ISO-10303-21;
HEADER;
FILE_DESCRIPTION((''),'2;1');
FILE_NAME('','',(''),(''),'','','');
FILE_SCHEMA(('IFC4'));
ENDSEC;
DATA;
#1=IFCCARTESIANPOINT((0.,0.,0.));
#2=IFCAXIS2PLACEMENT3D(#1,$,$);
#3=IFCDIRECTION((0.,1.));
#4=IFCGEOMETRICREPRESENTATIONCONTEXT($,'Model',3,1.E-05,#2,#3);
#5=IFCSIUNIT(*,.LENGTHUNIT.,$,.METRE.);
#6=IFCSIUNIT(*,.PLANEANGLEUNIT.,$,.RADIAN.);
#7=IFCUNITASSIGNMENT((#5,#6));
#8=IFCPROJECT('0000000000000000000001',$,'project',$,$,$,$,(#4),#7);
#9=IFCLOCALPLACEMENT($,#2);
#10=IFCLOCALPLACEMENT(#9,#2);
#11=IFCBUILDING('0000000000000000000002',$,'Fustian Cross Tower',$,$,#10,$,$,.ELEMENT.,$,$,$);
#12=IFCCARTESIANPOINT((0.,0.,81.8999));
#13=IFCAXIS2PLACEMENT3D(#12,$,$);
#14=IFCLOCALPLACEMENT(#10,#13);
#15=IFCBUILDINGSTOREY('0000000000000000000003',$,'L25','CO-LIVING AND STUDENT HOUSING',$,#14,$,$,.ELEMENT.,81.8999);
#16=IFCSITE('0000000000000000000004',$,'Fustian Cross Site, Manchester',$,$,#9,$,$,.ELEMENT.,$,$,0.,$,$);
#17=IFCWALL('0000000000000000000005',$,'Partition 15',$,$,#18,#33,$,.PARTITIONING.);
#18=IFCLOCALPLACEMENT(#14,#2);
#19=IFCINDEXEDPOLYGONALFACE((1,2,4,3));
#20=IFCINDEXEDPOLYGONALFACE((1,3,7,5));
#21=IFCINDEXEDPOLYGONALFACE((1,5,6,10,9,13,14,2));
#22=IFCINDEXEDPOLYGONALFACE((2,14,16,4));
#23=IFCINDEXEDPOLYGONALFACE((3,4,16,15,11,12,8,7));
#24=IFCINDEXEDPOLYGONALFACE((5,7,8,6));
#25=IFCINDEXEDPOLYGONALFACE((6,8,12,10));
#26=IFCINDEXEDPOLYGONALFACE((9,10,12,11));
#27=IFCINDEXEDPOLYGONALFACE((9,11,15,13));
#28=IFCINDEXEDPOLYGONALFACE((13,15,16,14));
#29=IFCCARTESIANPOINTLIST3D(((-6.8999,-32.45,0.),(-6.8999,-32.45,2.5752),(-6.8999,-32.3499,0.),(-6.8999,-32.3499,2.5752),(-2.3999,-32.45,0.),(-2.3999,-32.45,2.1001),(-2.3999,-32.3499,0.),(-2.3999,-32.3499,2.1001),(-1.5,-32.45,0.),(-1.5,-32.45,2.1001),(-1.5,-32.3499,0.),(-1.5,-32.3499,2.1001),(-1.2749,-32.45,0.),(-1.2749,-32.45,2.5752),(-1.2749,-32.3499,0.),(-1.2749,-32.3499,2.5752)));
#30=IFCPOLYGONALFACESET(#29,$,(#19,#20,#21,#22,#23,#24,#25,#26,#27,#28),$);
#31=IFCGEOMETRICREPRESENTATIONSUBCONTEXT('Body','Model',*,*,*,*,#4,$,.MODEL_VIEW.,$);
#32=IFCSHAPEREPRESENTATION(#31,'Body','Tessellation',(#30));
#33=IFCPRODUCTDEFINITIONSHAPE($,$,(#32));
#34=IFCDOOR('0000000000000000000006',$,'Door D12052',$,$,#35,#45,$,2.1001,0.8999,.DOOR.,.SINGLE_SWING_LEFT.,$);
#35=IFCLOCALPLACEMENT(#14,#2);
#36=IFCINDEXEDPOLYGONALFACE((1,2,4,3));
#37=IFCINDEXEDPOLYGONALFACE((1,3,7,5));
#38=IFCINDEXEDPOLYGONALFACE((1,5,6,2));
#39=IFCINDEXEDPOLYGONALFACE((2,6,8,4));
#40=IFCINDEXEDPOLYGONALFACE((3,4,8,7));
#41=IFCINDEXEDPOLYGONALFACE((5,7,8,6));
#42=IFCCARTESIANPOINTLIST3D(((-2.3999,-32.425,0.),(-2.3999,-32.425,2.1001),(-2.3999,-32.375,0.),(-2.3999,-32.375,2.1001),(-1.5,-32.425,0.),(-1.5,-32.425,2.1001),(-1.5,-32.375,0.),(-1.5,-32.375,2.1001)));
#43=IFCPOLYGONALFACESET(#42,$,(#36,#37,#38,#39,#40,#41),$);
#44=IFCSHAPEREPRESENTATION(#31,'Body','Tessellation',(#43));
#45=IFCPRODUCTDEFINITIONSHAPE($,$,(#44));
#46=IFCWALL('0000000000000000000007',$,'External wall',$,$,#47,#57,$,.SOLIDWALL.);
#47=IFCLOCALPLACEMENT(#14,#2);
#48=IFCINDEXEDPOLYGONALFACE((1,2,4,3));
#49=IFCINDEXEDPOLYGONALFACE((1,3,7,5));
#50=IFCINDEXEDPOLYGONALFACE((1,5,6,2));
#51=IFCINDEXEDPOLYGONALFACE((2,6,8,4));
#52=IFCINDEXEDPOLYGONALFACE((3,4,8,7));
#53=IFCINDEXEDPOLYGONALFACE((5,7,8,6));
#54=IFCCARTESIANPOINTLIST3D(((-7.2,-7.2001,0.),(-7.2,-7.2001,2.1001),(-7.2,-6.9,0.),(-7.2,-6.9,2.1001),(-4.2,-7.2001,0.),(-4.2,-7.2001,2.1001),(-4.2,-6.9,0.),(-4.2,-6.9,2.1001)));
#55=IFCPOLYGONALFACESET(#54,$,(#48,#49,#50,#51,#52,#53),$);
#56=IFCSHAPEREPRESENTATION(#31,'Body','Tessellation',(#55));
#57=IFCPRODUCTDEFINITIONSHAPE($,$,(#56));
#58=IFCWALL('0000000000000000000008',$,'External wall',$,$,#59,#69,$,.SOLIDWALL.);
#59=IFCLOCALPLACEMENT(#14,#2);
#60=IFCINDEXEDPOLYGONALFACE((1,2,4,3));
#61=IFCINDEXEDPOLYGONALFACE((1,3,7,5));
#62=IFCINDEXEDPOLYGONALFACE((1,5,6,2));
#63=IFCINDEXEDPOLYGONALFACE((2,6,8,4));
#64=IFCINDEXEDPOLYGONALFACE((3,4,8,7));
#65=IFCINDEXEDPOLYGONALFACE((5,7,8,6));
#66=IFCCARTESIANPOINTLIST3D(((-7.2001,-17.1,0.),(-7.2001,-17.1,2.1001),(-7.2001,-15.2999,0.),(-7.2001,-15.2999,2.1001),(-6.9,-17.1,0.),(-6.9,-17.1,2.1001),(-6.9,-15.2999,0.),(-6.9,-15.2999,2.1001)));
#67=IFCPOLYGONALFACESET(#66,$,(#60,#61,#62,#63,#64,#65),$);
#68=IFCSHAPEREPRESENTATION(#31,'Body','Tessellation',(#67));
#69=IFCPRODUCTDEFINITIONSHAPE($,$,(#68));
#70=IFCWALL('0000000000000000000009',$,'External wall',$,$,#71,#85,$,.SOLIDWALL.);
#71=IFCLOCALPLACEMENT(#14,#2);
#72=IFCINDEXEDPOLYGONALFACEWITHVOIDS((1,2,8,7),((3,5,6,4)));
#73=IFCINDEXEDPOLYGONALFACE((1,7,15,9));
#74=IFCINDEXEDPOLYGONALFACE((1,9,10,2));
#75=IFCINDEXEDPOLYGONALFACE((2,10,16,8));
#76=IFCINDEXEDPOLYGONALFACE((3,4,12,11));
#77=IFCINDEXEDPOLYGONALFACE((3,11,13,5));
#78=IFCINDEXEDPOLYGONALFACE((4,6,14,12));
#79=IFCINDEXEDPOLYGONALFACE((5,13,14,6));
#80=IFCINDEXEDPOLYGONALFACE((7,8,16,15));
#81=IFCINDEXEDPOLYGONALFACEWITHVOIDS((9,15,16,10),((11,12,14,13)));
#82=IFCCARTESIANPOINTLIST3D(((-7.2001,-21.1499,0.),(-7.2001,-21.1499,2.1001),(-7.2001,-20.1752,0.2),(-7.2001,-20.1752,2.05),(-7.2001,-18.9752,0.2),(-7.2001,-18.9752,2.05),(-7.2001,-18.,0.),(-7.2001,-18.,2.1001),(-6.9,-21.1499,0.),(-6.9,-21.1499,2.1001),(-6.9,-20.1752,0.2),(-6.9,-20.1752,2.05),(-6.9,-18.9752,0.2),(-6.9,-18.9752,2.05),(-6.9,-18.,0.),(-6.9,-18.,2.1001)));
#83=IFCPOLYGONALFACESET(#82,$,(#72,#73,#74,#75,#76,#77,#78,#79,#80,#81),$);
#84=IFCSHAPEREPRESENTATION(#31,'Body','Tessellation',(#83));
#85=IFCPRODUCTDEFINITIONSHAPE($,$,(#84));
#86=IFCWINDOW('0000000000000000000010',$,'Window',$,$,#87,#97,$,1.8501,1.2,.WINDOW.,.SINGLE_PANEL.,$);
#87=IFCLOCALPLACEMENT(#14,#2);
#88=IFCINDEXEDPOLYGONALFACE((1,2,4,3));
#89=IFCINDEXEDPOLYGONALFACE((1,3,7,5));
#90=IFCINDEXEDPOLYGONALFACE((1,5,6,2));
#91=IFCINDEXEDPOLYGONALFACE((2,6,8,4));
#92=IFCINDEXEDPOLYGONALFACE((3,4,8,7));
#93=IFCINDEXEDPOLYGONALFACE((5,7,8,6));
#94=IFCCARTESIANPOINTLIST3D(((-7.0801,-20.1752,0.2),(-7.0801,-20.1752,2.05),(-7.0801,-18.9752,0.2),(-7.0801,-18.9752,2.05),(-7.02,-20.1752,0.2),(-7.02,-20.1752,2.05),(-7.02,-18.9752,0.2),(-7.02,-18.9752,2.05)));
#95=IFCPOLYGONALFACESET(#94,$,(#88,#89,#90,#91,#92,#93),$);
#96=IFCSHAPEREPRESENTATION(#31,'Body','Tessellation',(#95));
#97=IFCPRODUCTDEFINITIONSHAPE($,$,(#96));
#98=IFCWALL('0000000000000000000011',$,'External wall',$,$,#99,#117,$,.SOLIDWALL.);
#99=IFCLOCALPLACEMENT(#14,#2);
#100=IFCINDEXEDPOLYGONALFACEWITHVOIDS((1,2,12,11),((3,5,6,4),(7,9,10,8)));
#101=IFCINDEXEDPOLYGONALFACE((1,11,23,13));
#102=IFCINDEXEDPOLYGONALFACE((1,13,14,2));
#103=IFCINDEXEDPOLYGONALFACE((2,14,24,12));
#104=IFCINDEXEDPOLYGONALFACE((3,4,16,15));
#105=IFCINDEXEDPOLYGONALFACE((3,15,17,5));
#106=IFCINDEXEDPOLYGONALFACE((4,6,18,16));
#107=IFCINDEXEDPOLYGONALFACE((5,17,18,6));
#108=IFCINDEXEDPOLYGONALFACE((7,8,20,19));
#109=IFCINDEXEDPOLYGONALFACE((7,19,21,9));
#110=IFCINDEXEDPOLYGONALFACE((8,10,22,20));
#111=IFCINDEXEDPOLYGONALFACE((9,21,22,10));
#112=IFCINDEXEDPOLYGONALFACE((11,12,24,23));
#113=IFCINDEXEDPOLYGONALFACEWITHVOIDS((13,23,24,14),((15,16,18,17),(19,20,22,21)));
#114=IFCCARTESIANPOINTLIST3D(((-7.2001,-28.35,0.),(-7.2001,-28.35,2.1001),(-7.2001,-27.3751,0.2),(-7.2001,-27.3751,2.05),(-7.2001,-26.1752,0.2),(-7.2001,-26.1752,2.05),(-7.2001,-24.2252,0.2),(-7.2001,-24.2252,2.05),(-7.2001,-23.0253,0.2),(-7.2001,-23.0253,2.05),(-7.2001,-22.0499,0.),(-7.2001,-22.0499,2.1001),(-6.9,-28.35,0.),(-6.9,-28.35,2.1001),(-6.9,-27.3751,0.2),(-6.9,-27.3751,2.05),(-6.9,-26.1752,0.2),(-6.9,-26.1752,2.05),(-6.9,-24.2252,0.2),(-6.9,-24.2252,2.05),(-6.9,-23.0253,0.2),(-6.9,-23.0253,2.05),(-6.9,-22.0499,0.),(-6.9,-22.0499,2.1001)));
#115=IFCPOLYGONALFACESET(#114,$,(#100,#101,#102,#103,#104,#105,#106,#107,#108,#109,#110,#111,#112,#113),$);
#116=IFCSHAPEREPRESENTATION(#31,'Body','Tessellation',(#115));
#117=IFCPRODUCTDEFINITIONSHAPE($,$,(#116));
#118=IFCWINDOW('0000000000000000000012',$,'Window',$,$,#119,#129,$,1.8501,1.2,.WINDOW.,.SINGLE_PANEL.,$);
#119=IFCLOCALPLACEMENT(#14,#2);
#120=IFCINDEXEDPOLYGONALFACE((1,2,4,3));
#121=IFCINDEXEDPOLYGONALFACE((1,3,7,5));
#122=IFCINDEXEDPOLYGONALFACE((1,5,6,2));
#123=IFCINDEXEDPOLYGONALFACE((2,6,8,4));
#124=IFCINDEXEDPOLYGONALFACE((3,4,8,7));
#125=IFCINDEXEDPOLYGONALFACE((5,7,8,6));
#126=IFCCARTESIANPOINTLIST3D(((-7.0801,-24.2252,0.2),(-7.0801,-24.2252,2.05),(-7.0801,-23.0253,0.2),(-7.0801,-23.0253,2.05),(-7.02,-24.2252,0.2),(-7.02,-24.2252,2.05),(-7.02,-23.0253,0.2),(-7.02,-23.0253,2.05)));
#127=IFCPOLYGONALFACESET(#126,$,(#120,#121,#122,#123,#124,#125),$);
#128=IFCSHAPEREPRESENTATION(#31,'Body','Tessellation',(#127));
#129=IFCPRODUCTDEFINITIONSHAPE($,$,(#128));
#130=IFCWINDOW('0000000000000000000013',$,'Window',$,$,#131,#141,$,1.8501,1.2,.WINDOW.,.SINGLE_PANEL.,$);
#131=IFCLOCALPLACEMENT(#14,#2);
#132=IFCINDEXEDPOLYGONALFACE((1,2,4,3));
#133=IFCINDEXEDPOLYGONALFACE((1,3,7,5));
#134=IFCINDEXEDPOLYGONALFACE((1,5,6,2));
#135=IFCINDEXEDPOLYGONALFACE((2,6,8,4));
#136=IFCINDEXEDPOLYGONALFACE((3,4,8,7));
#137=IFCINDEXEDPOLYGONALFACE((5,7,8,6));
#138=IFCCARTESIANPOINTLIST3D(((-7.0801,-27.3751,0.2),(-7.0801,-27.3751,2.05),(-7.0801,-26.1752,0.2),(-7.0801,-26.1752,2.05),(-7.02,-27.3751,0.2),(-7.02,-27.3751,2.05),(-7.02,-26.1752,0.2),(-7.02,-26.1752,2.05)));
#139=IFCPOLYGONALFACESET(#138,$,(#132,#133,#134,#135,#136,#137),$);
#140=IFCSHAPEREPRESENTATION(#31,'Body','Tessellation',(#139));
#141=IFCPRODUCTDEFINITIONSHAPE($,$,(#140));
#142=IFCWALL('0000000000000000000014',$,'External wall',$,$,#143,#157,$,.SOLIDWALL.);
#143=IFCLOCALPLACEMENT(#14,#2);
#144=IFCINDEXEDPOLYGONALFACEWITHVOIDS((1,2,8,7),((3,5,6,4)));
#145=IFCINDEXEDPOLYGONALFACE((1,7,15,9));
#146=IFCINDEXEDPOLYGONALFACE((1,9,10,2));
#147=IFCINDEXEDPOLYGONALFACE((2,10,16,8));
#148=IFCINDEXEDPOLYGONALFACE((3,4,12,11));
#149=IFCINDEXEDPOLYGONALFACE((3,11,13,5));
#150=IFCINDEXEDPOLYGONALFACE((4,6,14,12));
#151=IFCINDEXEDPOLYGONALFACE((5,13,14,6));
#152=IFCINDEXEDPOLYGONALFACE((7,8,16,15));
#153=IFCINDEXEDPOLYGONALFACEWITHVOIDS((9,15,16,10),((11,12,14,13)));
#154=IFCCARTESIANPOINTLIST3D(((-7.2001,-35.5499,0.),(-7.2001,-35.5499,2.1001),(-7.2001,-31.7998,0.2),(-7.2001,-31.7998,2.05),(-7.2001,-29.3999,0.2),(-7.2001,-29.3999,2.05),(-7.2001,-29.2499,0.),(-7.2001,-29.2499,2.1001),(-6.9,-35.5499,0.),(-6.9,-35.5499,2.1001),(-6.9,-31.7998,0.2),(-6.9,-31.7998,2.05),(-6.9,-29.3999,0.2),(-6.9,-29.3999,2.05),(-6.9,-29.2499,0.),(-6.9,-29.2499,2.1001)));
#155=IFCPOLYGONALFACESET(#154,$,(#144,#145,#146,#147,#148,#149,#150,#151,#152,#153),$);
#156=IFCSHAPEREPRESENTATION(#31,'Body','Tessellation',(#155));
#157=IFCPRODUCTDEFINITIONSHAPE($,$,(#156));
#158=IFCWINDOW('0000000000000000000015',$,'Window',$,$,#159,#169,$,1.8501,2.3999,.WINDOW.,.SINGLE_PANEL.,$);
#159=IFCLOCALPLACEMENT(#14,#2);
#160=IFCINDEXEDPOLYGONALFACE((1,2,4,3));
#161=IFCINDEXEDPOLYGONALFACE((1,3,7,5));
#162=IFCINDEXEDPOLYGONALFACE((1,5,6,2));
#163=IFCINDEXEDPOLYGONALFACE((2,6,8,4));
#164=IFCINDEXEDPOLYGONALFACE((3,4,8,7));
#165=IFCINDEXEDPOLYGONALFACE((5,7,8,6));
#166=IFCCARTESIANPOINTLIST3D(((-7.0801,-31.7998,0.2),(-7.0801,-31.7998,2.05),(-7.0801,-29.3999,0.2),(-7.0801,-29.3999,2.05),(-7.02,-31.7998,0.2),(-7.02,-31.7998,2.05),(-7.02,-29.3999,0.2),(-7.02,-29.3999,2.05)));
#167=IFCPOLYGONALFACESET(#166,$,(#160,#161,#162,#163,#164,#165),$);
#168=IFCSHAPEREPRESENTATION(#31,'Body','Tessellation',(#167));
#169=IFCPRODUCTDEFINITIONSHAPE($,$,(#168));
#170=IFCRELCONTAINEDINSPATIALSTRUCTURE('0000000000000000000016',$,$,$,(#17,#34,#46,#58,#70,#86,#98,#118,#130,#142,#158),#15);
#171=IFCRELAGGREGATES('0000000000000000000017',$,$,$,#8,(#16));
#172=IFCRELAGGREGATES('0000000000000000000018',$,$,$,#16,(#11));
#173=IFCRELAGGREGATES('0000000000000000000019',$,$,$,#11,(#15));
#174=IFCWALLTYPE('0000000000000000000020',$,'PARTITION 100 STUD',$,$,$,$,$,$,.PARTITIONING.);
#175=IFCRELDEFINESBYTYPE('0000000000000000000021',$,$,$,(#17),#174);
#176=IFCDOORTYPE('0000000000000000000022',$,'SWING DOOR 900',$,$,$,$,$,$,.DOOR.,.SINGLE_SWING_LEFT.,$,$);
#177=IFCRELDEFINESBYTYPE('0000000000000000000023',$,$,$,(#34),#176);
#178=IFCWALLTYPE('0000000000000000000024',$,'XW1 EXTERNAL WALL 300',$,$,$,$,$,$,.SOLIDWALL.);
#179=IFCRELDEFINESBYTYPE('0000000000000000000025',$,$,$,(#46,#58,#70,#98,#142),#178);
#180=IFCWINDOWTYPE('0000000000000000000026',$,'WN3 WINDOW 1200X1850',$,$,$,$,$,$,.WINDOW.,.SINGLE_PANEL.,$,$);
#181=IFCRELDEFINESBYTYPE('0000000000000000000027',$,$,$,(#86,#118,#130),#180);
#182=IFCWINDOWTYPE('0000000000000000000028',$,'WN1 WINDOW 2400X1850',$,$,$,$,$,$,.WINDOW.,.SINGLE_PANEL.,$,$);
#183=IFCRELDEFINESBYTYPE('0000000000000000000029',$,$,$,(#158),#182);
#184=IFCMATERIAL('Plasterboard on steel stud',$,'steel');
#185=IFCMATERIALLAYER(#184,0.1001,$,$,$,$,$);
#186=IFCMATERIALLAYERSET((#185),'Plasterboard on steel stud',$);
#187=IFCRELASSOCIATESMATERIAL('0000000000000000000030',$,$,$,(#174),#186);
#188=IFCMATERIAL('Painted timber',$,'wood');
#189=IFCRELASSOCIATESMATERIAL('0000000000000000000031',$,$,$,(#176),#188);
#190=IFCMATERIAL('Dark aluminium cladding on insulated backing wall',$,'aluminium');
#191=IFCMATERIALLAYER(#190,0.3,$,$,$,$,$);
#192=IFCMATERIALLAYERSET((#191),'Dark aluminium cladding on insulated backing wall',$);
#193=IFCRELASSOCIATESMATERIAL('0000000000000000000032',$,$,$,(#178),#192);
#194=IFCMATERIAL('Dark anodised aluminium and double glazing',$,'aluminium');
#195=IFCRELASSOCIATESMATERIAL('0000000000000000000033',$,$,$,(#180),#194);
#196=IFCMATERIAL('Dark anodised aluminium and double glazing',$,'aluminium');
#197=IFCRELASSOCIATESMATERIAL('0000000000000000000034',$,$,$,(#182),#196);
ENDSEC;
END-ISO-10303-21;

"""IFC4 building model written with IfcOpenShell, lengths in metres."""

from ifc_helpers import new_model, si_unit, direction, frame, frame_2d, origin, place, context, subcontext, project, spatial, rectangle, extrude, material, layer, layer_set, type_object, element, fill, save


model = new_model("IFC4")

# Units and contexts
model_context = context("Model", 3, precision=1e-05, world=origin(), true_north=direction((0.0, 1.0)))
body_context = subcontext(model_context, "Body", "Model", "MODEL_VIEW")
ifc_project = project(units=[si_unit("LENGTHUNIT", "METRE"), si_unit("PLANEANGLEUNIT", "RADIAN")], contexts=[model_context])

# Site, building, storey
site_placement = place(None, origin())
site = spatial("IfcSite", under=ifc_project, at=site_placement, Name="Fustian Cross Site, Manchester", CompositionType="ELEMENT", RefElevation=0.0)
building_placement = place(site_placement, origin())
building = spatial("IfcBuilding", under=site, at=building_placement, Name="Fustian Cross Tower", CompositionType="ELEMENT")
storey_placement = place(building_placement, frame((0.0, 0.0, 81.8999)))
storey = spatial("IfcBuildingStorey", under=building, at=storey_placement, Name="L25", Description="CO-LIVING AND STUDENT HOUSING", CompositionType="ELEMENT", Elevation=81.8999)

# Shared definitions
ifc_material_1 = material(Name="Plasterboard on steel stud", Category="steel")
ifc_layer_1 = layer(ifc_material_1, 0.1001)
ifc_layer_set_1 = layer_set([ifc_layer_1], Name="Plasterboard on steel stud")
wall_type_1 = type_object("IfcWallType", Name="PARTITION 100 STUD", PredefinedType="PARTITIONING", material=ifc_layer_set_1)

# Wall, opening, door
wall_1_placement = place(storey_placement, frame((-6.8999, -32.3999, 0.0), z_axis=(0.0, 0.0, 1.0), x_axis=(1.0, 0.0, 0.0)))
wall_1 = element("IfcWall", 1, at=wall_1_placement, inside=storey, type_object=wall_type_1, Name="Partition 15", PredefinedType="PARTITIONING", context=body_context, shape_type="SweptSolid", body=[
    extrude(rectangle(XDim=5.625, YDim=0.1001, at=frame_2d((2.8125, 0.0))), origin(), (0.0, 0.0, 1.0), 2.5752),
])
opening_1_placement = place(wall_1_placement, frame((4.5, 0.0, 0.0)))
opening_1 = element("IfcOpeningElement", 2, at=opening_1_placement, cuts=wall_1, PredefinedType="OPENING", context=body_context, shape_type="SweptSolid", body=[
    extrude(rectangle(XDim=0.8999, YDim=2.1001, at=frame_2d((0.45, 1.05))), frame((0.0, 0.0601, 0.0), z_axis=(0.0, -1.0, 0.0), x_axis=(1.0, 0.0, 0.0)), (0.0, 0.0, 1.0), 0.1201),
])
ifc_material_2 = material(Name="Painted timber", Category="wood")
door_type_1 = type_object("IfcDoorType", Name="SWING DOOR 900", OperationType="SINGLE_SWING_LEFT", PredefinedType="DOOR", material=ifc_material_2)
door_1_placement = place(opening_1_placement, origin())
door_1 = element("IfcDoor", 3, at=door_1_placement, inside=storey, type_object=door_type_1, Name="Door D12052", OperationType="SINGLE_SWING_LEFT", OverallHeight=2.1001, OverallWidth=0.8999, PredefinedType="DOOR", context=body_context, shape_type="SweptSolid", body=[
    extrude(rectangle(XDim=0.8999, YDim=2.1001, at=frame_2d((0.45, 1.05))), frame((0.0, 0.0249, 0.0), z_axis=(0.0, -1.0, 0.0), x_axis=(1.0, 0.0, 0.0)), (0.0, 0.0, 1.0), 0.05),
])
fill(opening_1, door_1)

# Walls
ifc_material_3 = material(Name="Dark aluminium cladding on insulated backing wall", Category="aluminium")
ifc_layer_2 = layer(ifc_material_3, 0.3)
ifc_layer_set_2 = layer_set([ifc_layer_2], Name="Dark aluminium cladding on insulated backing wall")
wall_type_2 = type_object("IfcWallType", Name="XW1 EXTERNAL WALL 300", PredefinedType="SOLIDWALL", material=ifc_layer_set_2)
wall_2_placement = place(storey_placement, frame((-7.2, -7.05, 0.0), z_axis=(0.0, 0.0, 1.0), x_axis=(1.0, 0.0, 0.0)))
element("IfcWall", 4, at=wall_2_placement, inside=storey, type_object=wall_type_2, Name="External wall", PredefinedType="SOLIDWALL", context=body_context, shape_type="SweptSolid", body=[
    extrude(rectangle(XDim=3.0, YDim=0.3, at=frame_2d((1.5, 0.0))), origin(), (0.0, 0.0, 1.0), 2.1001),
])
wall_3_placement = place(storey_placement, frame((-7.05, -15.3, 0.0), z_axis=(0.0, 0.0, 1.0), x_axis=(0.0, -1.0, 0.0)))
element("IfcWall", 5, at=wall_3_placement, inside=storey, type_object=wall_type_2, Name="External wall", PredefinedType="SOLIDWALL", context=body_context, shape_type="SweptSolid", body=[
    extrude(rectangle(XDim=1.8, YDim=0.3, at=frame_2d((0.8999, 0.0))), origin(), (0.0, 0.0, 1.0), 2.1001),
])

# Wall, opening, window
wall_4_placement = place(storey_placement, frame((-7.05, -18.0, 0.0), z_axis=(0.0, 0.0, 1.0), x_axis=(0.0, -1.0, 0.0)))
wall_4 = element("IfcWall", 6, at=wall_4_placement, inside=storey, type_object=wall_type_2, Name="External wall", PredefinedType="SOLIDWALL", context=body_context, shape_type="SweptSolid", body=[
    extrude(rectangle(XDim=3.1499, YDim=0.3, at=frame_2d((1.575, 0.0))), origin(), (0.0, 0.0, 1.0), 2.1001),
])
opening_2_placement = place(wall_4_placement, frame((0.9751, 0.0, 0.2)))
opening_2 = element("IfcOpeningElement", 7, at=opening_2_placement, cuts=wall_4, PredefinedType="OPENING", context=body_context, shape_type="SweptSolid", body=[
    extrude(rectangle(XDim=1.2, YDim=1.8501, at=frame_2d((0.6001, 0.925))), frame((0.0, 0.1599, 0.0), z_axis=(0.0, -1.0, 0.0), x_axis=(1.0, 0.0, 0.0)), (0.0, 0.0, 1.0), 0.3201),
])
ifc_material_4 = material(Name="Dark anodised aluminium and double glazing", Category="aluminium")
window_type_1 = type_object("IfcWindowType", Name="WN3 WINDOW 1200X1850", PartitioningType="SINGLE_PANEL", PredefinedType="WINDOW", material=ifc_material_4)
window_1_placement = place(opening_2_placement, origin())
window_1 = element("IfcWindow", 8, at=window_1_placement, inside=storey, type_object=window_type_1, Name="Window", OverallHeight=1.8501, OverallWidth=1.2, PartitioningType="SINGLE_PANEL", PredefinedType="WINDOW", context=body_context, shape_type="SweptSolid", body=[
    extrude(rectangle(XDim=1.2, YDim=1.8501, at=frame_2d((0.6001, 0.925))), frame((0.0, 0.03, 0.0), z_axis=(0.0, -1.0, 0.0), x_axis=(1.0, 0.0, 0.0)), (0.0, 0.0, 1.0), 0.0601),
])
fill(opening_2, window_1)

# Wall, openings, windows
wall_5_placement = place(storey_placement, frame((-7.05, -22.05, 0.0), z_axis=(0.0, 0.0, 1.0), x_axis=(0.0, -1.0, 0.0)))
wall_5 = element("IfcWall", 9, at=wall_5_placement, inside=storey, type_object=wall_type_2, Name="External wall", PredefinedType="SOLIDWALL", context=body_context, shape_type="SweptSolid", body=[
    extrude(rectangle(XDim=6.3, YDim=0.3, at=frame_2d((3.1499, 0.0))), origin(), (0.0, 0.0, 1.0), 2.1001),
])
opening_3_placement = place(wall_5_placement, frame((0.9751, 0.0, 0.2)))
opening_3 = element("IfcOpeningElement", 10, at=opening_3_placement, cuts=wall_5, PredefinedType="OPENING", context=body_context, shape_type="SweptSolid", body=[
    extrude(rectangle(XDim=1.2, YDim=1.8501, at=frame_2d((0.6001, 0.925))), frame((0.0, 0.1599, 0.0), z_axis=(0.0, -1.0, 0.0), x_axis=(1.0, 0.0, 0.0)), (0.0, 0.0, 1.0), 0.3201),
])
opening_4_placement = place(wall_5_placement, frame((4.125, 0.0, 0.2)))
opening_4 = element("IfcOpeningElement", 11, at=opening_4_placement, cuts=wall_5, PredefinedType="OPENING", context=body_context, shape_type="SweptSolid", body=[
    extrude(rectangle(XDim=1.2, YDim=1.8501, at=frame_2d((0.6001, 0.925))), frame((0.0, 0.1599, 0.0), z_axis=(0.0, -1.0, 0.0), x_axis=(1.0, 0.0, 0.0)), (0.0, 0.0, 1.0), 0.3201),
])
window_2_placement = place(opening_3_placement, origin())
window_2 = element("IfcWindow", 12, at=window_2_placement, inside=storey, type_object=window_type_1, Name="Window", OverallHeight=1.8501, OverallWidth=1.2, PartitioningType="SINGLE_PANEL", PredefinedType="WINDOW", context=body_context, shape_type="SweptSolid", body=[
    extrude(rectangle(XDim=1.2, YDim=1.8501, at=frame_2d((0.6001, 0.925))), frame((0.0, 0.03, 0.0), z_axis=(0.0, -1.0, 0.0), x_axis=(1.0, 0.0, 0.0)), (0.0, 0.0, 1.0), 0.0601),
])
fill(opening_3, window_2)
window_3_placement = place(opening_4_placement, origin())
window_3 = element("IfcWindow", 13, at=window_3_placement, inside=storey, type_object=window_type_1, Name="Window", OverallHeight=1.8501, OverallWidth=1.2, PartitioningType="SINGLE_PANEL", PredefinedType="WINDOW", context=body_context, shape_type="SweptSolid", body=[
    extrude(rectangle(XDim=1.2, YDim=1.8501, at=frame_2d((0.6001, 0.925))), frame((0.0, 0.03, 0.0), z_axis=(0.0, -1.0, 0.0), x_axis=(1.0, 0.0, 0.0)), (0.0, 0.0, 1.0), 0.0601),
])
fill(opening_4, window_3)

# Wall, opening, window
wall_6_placement = place(storey_placement, frame((-7.05, -29.25, 0.0), z_axis=(0.0, 0.0, 1.0), x_axis=(0.0, -1.0, 0.0)))
wall_6 = element("IfcWall", 14, at=wall_6_placement, inside=storey, type_object=wall_type_2, Name="External wall", PredefinedType="SOLIDWALL", context=body_context, shape_type="SweptSolid", body=[
    extrude(rectangle(XDim=6.3, YDim=0.3, at=frame_2d((3.1499, 0.0))), origin(), (0.0, 0.0, 1.0), 2.1001),
])
opening_5_placement = place(wall_6_placement, frame((0.1499, 0.0, 0.2)))
opening_5 = element("IfcOpeningElement", 15, at=opening_5_placement, cuts=wall_6, PredefinedType="OPENING", context=body_context, shape_type="SweptSolid", body=[
    extrude(rectangle(XDim=2.3999, YDim=1.8501, at=frame_2d((1.2, 0.925))), frame((0.0, 0.1599, 0.0), z_axis=(0.0, -1.0, 0.0), x_axis=(1.0, 0.0, 0.0)), (0.0, 0.0, 1.0), 0.3201),
])
ifc_material_5 = material(Name="Dark anodised aluminium and double glazing", Category="aluminium")
window_type_2 = type_object("IfcWindowType", Name="WN1 WINDOW 2400X1850", PartitioningType="SINGLE_PANEL", PredefinedType="WINDOW", material=ifc_material_5)
window_4_placement = place(opening_5_placement, origin())
window_4 = element("IfcWindow", 16, at=window_4_placement, inside=storey, type_object=window_type_2, Name="Window", OverallHeight=1.8501, OverallWidth=2.3999, PartitioningType="SINGLE_PANEL", PredefinedType="WINDOW", context=body_context, shape_type="SweptSolid", body=[
    extrude(rectangle(XDim=2.3999, YDim=1.8501, at=frame_2d((1.2, 0.925))), frame((0.0, 0.03, 0.0), z_axis=(0.0, -1.0, 0.0), x_axis=(1.0, 0.0, 0.0)), (0.0, 0.0, 1.0), 0.0601),
])
fill(opening_5, window_4)

save(model, "model.ifc")
